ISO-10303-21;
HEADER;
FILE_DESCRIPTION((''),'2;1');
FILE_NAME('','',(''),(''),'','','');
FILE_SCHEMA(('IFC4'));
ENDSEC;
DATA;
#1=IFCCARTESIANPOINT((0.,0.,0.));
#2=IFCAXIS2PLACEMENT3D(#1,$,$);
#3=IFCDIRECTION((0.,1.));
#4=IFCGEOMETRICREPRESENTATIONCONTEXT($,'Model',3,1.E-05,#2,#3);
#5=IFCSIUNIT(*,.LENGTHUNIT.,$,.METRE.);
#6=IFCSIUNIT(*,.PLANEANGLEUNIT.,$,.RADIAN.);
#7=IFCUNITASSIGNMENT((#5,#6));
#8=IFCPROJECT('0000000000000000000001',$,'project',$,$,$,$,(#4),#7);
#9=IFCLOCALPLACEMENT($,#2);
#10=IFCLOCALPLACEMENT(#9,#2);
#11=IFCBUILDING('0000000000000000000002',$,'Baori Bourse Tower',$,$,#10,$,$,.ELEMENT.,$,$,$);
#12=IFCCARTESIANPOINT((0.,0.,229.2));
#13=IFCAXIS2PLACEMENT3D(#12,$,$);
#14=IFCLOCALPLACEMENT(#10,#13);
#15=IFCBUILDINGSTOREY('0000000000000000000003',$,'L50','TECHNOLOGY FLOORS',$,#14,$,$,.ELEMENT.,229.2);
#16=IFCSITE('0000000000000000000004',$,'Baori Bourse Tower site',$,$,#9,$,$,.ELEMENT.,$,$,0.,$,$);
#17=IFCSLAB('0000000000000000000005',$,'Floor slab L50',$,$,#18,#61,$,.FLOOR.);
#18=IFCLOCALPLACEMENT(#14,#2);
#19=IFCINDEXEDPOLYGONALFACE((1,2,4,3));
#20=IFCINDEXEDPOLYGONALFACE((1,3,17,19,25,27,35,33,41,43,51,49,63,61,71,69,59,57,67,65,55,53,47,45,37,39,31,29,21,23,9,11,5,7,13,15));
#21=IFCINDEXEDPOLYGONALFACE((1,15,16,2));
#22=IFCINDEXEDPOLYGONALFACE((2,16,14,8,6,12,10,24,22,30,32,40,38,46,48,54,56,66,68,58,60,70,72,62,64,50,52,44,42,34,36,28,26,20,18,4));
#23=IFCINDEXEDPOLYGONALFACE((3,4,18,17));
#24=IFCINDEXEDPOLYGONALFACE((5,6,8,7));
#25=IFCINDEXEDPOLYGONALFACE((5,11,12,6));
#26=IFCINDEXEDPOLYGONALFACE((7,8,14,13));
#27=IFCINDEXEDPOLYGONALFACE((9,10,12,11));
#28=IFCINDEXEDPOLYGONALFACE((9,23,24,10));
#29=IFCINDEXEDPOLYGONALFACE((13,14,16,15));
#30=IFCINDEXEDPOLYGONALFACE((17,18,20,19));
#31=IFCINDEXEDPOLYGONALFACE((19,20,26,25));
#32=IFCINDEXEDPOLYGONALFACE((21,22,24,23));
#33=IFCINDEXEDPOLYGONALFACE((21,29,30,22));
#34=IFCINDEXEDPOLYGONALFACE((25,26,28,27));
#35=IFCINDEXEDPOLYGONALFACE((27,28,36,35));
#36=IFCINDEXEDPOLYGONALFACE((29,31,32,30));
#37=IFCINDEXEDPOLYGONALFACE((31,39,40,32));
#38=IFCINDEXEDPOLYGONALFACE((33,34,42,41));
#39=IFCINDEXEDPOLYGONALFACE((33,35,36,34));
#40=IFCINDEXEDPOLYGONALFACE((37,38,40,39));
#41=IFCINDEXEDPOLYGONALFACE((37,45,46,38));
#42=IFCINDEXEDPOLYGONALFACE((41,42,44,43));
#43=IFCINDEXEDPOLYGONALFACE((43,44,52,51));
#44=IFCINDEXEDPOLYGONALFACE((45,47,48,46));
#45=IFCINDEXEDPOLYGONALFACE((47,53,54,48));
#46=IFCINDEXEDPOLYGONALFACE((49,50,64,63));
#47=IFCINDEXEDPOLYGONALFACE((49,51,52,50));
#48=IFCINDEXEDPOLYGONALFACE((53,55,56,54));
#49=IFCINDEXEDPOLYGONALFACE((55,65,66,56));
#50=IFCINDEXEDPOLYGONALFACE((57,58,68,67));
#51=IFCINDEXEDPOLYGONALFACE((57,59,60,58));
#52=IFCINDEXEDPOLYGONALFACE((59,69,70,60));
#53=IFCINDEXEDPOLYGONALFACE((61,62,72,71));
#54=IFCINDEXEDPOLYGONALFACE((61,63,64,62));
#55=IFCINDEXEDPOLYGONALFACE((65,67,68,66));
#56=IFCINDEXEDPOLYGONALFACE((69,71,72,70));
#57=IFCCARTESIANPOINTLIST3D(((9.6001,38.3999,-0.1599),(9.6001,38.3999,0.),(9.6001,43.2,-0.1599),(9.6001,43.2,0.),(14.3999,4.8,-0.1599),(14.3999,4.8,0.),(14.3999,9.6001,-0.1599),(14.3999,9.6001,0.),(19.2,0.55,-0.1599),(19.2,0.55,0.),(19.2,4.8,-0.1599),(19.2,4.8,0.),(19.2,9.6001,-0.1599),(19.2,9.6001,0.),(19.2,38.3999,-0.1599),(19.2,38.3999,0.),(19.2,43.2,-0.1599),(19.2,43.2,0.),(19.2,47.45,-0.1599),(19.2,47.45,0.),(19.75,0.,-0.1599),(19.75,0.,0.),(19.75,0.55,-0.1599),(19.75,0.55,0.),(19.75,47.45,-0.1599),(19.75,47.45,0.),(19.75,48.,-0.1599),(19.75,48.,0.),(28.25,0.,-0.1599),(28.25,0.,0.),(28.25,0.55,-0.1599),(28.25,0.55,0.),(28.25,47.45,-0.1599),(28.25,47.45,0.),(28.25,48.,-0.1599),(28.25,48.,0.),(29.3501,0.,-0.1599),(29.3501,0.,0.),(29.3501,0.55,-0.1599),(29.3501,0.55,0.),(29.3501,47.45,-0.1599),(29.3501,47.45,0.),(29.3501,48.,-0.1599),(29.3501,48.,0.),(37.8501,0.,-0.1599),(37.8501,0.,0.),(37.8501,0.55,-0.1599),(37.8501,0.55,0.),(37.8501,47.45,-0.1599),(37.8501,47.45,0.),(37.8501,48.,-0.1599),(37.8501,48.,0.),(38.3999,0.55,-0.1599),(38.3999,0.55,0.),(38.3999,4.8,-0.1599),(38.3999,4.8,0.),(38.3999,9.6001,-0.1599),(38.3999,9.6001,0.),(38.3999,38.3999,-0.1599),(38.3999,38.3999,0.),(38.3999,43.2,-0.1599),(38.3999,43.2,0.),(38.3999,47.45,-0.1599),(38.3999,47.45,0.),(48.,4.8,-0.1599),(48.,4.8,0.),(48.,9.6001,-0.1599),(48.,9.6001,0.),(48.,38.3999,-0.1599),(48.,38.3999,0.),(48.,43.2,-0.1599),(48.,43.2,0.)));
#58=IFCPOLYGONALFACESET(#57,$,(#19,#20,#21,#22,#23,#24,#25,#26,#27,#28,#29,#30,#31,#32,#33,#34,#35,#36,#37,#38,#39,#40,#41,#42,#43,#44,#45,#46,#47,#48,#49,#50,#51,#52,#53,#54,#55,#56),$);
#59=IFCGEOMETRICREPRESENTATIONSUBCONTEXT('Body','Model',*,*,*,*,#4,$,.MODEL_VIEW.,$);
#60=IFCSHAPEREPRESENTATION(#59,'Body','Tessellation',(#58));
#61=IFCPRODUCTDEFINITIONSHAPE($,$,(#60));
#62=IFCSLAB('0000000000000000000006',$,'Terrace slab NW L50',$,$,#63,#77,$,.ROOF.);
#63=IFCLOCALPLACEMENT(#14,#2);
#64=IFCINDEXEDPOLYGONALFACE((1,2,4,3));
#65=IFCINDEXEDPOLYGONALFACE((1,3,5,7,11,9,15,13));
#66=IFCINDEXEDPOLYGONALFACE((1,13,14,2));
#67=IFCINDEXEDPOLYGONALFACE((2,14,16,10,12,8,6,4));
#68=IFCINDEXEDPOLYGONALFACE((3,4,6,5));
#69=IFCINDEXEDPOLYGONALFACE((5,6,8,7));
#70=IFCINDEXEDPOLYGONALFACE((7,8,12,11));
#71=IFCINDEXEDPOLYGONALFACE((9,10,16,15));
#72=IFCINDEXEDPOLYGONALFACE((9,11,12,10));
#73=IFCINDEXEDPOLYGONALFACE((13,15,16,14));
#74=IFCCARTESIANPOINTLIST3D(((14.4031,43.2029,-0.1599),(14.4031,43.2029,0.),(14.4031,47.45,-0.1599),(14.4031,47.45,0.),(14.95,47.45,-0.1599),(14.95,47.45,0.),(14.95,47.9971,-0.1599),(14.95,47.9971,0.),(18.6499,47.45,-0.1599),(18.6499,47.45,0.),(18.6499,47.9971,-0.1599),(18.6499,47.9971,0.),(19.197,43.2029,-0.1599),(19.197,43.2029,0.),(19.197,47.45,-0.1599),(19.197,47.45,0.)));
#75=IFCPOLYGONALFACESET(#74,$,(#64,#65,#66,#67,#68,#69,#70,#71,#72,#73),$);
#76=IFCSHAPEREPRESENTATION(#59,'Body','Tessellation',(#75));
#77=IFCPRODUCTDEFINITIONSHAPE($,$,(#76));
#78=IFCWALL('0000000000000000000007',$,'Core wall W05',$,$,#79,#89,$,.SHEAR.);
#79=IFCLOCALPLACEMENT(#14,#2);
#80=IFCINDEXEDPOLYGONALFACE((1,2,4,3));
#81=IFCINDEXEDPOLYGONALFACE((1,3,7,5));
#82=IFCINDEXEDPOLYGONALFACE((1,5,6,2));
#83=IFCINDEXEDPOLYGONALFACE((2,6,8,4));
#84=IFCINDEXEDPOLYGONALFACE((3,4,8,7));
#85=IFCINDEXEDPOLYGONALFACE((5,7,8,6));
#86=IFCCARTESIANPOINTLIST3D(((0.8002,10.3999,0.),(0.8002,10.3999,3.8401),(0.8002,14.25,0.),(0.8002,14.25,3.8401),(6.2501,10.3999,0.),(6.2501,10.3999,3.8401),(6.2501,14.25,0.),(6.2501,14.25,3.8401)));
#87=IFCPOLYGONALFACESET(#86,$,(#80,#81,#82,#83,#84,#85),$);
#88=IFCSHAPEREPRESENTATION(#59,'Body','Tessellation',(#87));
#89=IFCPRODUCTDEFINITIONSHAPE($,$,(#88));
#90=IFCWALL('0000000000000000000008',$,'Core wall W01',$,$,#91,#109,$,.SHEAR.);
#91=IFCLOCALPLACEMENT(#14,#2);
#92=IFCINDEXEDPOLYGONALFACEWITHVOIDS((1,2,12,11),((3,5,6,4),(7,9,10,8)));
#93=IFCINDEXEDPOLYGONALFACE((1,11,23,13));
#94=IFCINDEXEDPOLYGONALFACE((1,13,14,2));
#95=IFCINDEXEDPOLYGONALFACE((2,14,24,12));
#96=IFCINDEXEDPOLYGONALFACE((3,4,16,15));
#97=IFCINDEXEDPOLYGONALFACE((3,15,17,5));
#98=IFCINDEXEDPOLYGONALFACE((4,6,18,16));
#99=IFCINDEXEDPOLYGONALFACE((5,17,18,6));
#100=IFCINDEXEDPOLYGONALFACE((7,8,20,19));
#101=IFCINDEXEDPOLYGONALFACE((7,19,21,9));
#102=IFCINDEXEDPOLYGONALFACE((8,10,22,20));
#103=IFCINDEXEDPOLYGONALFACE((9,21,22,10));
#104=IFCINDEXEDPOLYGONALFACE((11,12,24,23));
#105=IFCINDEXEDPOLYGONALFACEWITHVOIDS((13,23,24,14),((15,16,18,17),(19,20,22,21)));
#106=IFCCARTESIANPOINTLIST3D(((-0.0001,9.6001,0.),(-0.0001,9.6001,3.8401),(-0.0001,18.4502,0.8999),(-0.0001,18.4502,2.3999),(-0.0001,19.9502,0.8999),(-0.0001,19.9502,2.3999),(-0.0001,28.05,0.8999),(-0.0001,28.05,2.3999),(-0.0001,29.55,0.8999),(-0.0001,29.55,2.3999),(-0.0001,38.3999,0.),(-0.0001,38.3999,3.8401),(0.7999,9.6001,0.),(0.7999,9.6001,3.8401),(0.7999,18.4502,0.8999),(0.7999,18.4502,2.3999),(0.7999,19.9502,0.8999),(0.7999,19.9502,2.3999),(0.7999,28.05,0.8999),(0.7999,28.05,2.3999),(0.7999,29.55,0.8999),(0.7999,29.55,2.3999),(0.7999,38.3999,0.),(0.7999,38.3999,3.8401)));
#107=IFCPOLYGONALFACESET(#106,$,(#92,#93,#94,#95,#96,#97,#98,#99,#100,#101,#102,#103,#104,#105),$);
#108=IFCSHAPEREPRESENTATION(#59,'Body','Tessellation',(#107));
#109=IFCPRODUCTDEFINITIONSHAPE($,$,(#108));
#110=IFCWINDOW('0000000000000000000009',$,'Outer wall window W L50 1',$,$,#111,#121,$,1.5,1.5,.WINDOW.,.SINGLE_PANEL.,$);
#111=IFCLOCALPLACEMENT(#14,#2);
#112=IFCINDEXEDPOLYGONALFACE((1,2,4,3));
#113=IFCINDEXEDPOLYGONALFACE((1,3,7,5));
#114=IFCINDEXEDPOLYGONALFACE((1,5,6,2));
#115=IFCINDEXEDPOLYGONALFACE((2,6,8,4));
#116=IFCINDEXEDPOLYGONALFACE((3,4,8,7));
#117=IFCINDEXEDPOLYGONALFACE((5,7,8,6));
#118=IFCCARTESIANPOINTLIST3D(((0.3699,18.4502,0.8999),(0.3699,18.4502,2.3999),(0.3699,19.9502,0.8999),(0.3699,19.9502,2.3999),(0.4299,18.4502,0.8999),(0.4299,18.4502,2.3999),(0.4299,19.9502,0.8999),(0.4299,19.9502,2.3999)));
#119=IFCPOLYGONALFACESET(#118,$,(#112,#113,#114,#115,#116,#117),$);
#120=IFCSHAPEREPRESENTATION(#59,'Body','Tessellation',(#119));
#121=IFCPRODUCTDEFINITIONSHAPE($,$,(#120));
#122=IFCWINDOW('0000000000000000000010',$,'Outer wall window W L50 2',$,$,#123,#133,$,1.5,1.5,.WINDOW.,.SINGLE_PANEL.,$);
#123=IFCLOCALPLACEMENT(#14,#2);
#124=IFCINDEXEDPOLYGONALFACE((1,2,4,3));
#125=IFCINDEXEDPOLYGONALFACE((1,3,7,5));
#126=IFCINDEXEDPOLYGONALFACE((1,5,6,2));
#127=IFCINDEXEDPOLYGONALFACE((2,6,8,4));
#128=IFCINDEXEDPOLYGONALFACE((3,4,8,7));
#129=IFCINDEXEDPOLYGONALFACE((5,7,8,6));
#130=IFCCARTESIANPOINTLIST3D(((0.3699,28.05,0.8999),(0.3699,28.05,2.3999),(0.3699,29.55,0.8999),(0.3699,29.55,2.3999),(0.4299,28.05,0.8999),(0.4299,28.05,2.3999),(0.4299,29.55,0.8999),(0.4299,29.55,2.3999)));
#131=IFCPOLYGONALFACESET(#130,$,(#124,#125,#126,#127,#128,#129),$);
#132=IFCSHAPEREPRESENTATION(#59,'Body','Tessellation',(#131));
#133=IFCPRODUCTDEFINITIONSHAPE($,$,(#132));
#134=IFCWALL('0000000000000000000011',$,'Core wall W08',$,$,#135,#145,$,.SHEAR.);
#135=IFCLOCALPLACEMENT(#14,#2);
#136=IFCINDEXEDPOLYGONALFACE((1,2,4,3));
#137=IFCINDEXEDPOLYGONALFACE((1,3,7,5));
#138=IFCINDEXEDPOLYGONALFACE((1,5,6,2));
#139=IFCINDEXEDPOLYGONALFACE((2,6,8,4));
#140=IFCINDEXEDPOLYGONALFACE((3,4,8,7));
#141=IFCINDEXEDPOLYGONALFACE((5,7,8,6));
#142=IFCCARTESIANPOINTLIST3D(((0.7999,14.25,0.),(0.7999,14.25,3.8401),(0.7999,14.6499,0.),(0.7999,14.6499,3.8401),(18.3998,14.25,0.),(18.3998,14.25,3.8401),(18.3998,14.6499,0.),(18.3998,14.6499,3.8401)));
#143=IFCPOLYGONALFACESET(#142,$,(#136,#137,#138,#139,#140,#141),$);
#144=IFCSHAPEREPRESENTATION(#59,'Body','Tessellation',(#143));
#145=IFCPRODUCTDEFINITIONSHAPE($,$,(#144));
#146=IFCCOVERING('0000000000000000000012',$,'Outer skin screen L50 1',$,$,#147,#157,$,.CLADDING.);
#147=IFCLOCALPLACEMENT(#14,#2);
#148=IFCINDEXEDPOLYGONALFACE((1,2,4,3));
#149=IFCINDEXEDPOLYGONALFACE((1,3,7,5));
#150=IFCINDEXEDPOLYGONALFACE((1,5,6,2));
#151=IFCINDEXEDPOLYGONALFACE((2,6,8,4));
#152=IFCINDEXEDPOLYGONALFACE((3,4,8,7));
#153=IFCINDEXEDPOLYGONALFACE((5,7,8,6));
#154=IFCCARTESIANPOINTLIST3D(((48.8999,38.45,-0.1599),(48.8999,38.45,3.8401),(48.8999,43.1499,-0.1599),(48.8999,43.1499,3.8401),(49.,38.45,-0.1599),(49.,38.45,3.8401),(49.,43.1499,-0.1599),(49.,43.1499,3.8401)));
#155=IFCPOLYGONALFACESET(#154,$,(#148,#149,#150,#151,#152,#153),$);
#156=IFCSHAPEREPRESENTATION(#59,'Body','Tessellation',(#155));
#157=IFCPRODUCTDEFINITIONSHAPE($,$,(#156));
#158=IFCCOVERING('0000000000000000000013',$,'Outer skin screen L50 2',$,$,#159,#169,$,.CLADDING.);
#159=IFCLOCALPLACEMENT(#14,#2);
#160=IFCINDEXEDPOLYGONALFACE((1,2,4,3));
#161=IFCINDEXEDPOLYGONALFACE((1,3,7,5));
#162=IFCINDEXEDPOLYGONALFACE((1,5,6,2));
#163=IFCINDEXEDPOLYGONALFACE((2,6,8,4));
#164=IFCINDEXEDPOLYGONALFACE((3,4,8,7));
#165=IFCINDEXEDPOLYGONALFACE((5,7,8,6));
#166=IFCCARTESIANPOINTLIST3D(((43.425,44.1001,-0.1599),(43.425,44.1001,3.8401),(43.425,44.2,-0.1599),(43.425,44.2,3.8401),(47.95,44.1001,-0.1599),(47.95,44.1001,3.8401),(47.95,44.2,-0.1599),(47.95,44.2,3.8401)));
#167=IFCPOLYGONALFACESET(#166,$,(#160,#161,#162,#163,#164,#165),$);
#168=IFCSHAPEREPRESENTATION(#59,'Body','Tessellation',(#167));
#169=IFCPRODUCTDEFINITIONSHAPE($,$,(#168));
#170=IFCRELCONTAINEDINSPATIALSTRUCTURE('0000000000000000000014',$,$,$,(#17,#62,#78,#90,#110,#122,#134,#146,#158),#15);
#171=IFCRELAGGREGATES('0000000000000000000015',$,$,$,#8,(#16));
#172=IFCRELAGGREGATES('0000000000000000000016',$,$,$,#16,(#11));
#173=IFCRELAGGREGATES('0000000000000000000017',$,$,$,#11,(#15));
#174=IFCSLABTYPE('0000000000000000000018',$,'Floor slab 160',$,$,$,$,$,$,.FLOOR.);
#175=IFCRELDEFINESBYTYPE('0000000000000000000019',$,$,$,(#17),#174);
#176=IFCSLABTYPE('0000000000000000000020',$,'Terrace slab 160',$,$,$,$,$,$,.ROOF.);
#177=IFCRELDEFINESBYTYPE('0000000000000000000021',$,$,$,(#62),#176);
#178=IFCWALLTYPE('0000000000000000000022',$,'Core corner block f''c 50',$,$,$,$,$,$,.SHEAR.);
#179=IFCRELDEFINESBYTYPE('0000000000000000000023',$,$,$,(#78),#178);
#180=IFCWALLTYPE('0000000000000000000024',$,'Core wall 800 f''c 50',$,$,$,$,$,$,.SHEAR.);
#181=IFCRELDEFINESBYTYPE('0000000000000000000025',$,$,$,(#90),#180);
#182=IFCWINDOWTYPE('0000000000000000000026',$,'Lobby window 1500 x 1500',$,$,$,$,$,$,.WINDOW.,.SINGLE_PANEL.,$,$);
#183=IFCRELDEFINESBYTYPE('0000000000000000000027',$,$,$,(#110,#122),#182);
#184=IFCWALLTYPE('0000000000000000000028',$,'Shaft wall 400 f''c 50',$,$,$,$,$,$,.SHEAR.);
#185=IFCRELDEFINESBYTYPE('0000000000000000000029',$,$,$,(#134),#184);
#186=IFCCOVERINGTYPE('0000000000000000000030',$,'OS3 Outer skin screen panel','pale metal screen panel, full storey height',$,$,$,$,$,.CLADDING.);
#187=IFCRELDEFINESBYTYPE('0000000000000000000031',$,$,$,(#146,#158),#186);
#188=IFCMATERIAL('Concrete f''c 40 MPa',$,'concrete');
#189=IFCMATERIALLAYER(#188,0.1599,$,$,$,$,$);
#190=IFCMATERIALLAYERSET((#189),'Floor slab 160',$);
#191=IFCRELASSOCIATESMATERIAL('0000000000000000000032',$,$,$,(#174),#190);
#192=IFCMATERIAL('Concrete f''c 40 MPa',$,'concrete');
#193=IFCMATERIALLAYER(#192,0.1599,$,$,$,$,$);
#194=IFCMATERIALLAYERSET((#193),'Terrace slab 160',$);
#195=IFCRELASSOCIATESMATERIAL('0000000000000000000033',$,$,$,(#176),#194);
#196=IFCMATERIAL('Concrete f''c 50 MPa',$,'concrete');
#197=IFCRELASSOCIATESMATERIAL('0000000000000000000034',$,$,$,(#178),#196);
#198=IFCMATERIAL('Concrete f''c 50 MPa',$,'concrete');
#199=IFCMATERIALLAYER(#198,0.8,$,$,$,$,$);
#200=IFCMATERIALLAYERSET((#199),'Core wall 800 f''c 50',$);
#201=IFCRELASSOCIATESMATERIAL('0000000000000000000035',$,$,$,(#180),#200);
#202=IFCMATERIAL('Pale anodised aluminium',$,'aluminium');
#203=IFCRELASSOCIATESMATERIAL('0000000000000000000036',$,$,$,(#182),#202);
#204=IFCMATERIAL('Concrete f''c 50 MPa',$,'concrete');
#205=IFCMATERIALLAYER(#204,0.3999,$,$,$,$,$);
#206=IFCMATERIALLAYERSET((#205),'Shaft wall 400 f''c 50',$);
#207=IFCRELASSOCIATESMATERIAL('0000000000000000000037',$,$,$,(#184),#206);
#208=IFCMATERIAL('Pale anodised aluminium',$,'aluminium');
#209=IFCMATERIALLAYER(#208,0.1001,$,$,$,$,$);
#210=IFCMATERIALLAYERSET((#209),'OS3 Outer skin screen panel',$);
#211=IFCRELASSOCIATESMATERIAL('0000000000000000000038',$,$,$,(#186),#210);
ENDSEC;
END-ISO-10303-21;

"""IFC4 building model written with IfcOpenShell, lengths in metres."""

from ifc_helpers import new_model, si_unit, direction, frame, frame_2d, origin, place, context, subcontext, project, spatial, polyline, rectangle, outline, extrude, material, layer, layer_set, type_object, element, fill, save


model = new_model("IFC4")

# Units and contexts
model_context = context("Model", 3, precision=1e-05, world=origin(), true_north=direction((0.0, 1.0)))
body_context = subcontext(model_context, "Body", "Model", "MODEL_VIEW")
ifc_project = project(units=[si_unit("LENGTHUNIT", "METRE"), si_unit("PLANEANGLEUNIT", "RADIAN")], contexts=[model_context])

# Site, building, storey
site_placement = place(None, origin())
site = spatial("IfcSite", under=ifc_project, at=site_placement, Name="Baori Bourse Tower site", CompositionType="ELEMENT", RefElevation=0.0)
building_placement = place(site_placement, origin())
building = spatial("IfcBuilding", under=site, at=building_placement, Name="Baori Bourse Tower", CompositionType="ELEMENT")
storey_placement = place(building_placement, frame((0.0, 0.0, 229.2)))
storey = spatial("IfcBuildingStorey", under=building, at=storey_placement, Name="L50", Description="TECHNOLOGY FLOORS", CompositionType="ELEMENT", Elevation=229.2)

# Slabs
ifc_material_1 = material(Name="Concrete f'c 40 MPa", Category="concrete")
ifc_layer_1 = layer(ifc_material_1, 0.1599)
ifc_layer_set_1 = layer_set([ifc_layer_1], Name="Floor slab 160")
slab_type_1 = type_object("IfcSlabType", Name="Floor slab 160", PredefinedType="FLOOR", material=ifc_layer_set_1)
slab_1_placement = place(storey_placement, frame((0.0, 0.0, -0.1599)))
element("IfcSlab", 1, at=slab_1_placement, inside=storey, type_object=slab_type_1, Name="Floor slab L50", PredefinedType="FLOOR", context=body_context, shape_type="SweptSolid", body=[
    extrude(outline(polyline([(19.2, 4.8), (14.3999, 4.8), (14.3999, 9.6001), (19.2, 9.6001), (19.2, 38.3999), (9.6001, 38.3999), (9.6001, 43.2), (19.2, 43.2), (19.2, 47.45), (19.75, 47.45), (19.75, 48.0), (28.25, 48.0), (28.25, 47.45), (29.3501, 47.45), (29.3501, 48.0), (37.8501, 48.0), (37.8501, 47.45), (38.3999, 47.45), (38.3999, 43.2), (48.0, 43.2), (48.0, 38.3999), (38.3999, 38.3999), (38.3999, 9.6001), (48.0, 9.6001), (48.0, 4.8), (38.3999, 4.8), (38.3999, 0.55), (37.8501, 0.55), (37.8501, 0.0), (29.3501, 0.0), (29.3501, 0.55), (28.25, 0.55), (28.25, 0.0), (19.75, 0.0), (19.75, 0.55), (19.2, 0.55), (19.2, 4.8)])), origin(), (0.0, 0.0, 1.0), 0.1599),
])
ifc_material_2 = material(Name="Concrete f'c 40 MPa", Category="concrete")
ifc_layer_2 = layer(ifc_material_2, 0.1599)
ifc_layer_set_2 = layer_set([ifc_layer_2], Name="Terrace slab 160")
slab_type_2 = type_object("IfcSlabType", Name="Terrace slab 160", PredefinedType="ROOF", material=ifc_layer_set_2)
slab_2_placement = place(storey_placement, frame((0.0, 0.0, -0.1599)))
element("IfcSlab", 2, at=slab_2_placement, inside=storey, type_object=slab_type_2, Name="Terrace slab NW L50", PredefinedType="ROOF", context=body_context, shape_type="SweptSolid", body=[
    extrude(outline(polyline([(19.197, 43.2029), (14.4031, 43.2029), (14.4031, 47.45), (14.95, 47.45), (14.95, 47.9971), (18.6499, 47.9971), (18.6499, 47.45), (19.197, 47.45), (19.197, 43.2029)])), origin(), (0.0, 0.0, 1.0), 0.1599),
])

# Wall
ifc_material_3 = material(Name="Concrete f'c 50 MPa", Category="concrete")
wall_type_1 = type_object("IfcWallType", Name="Core corner block f'c 50", PredefinedType="SHEAR", material=ifc_material_3)
wall_1_placement = place(storey_placement, frame((0.8, 12.325, 0.0), z_axis=(0.0, 0.0, 1.0), x_axis=(1.0, 0.0, 0.0)))
element("IfcWall", 3, at=wall_1_placement, inside=storey, type_object=wall_type_1, Name="Core wall W05", PredefinedType="SHEAR", context=body_context, shape_type="SweptSolid", body=[
    extrude(rectangle(XDim=5.45, YDim=3.8501, at=frame_2d((2.7251, 0.0))), origin(), (0.0, 0.0, 1.0), 3.8401),
])

# Wall, openings, windows
ifc_material_4 = material(Name="Concrete f'c 50 MPa", Category="concrete")
ifc_layer_3 = layer(ifc_material_4, 0.8)
ifc_layer_set_3 = layer_set([ifc_layer_3], Name="Core wall 800 f'c 50")
wall_type_2 = type_object("IfcWallType", Name="Core wall 800 f'c 50", PredefinedType="SHEAR", material=ifc_layer_set_3)
wall_2_placement = place(storey_placement, frame((0.3999, 9.6001, 0.0), z_axis=(0.0, 0.0, 1.0), x_axis=(0.0, 1.0, 0.0)))
wall_2 = element("IfcWall", 4, at=wall_2_placement, inside=storey, type_object=wall_type_2, Name="Core wall W01", PredefinedType="SHEAR", context=body_context, shape_type="SweptSolid", body=[
    extrude(rectangle(XDim=28.7998, YDim=0.8, at=frame_2d((14.3999, 0.0))), origin(), (0.0, 0.0, 1.0), 3.8401),
])
opening_1_placement = place(wall_2_placement, frame((8.8501, 0.0, 0.8999)))
opening_1 = element("IfcOpeningElement", 5, at=opening_1_placement, cuts=wall_2, PredefinedType="OPENING", context=body_context, shape_type="SweptSolid", body=[
    extrude(rectangle(XDim=1.5, YDim=1.5, at=frame_2d((0.75, 0.75))), frame((0.0, 0.4099, 0.0), z_axis=(0.0, -1.0, 0.0), x_axis=(1.0, 0.0, 0.0)), (0.0, 0.0, 1.0), 0.8201),
])
opening_2_placement = place(wall_2_placement, frame((18.45, 0.0, 0.8999)))
opening_2 = element("IfcOpeningElement", 6, at=opening_2_placement, cuts=wall_2, PredefinedType="OPENING", context=body_context, shape_type="SweptSolid", body=[
    extrude(rectangle(XDim=1.5, YDim=1.5, at=frame_2d((0.75, 0.75))), frame((0.0, 0.4099, 0.0), z_axis=(0.0, -1.0, 0.0), x_axis=(1.0, 0.0, 0.0)), (0.0, 0.0, 1.0), 0.8201),
])
ifc_material_5 = material(Name="Pale anodised aluminium", Category="aluminium")
window_type = type_object("IfcWindowType", Name="Lobby window 1500 x 1500", PartitioningType="SINGLE_PANEL", PredefinedType="WINDOW", material=ifc_material_5)
window_1_placement = place(opening_1_placement, origin())
window_1 = element("IfcWindow", 7, at=window_1_placement, inside=storey, type_object=window_type, Name="Outer wall window W L50 1", OverallHeight=1.5, OverallWidth=1.5, PartitioningType="SINGLE_PANEL", PredefinedType="WINDOW", context=body_context, shape_type="SweptSolid", body=[
    extrude(rectangle(XDim=1.5, YDim=1.5, at=frame_2d((0.75, 0.75))), frame((0.0, 0.03, 0.0), z_axis=(0.0, -1.0, 0.0), x_axis=(1.0, 0.0, 0.0)), (0.0, 0.0, 1.0), 0.0601),
])
fill(opening_1, window_1)
window_2_placement = place(opening_2_placement, origin())
window_2 = element("IfcWindow", 8, at=window_2_placement, inside=storey, type_object=window_type, Name="Outer wall window W L50 2", OverallHeight=1.5, OverallWidth=1.5, PartitioningType="SINGLE_PANEL", PredefinedType="WINDOW", context=body_context, shape_type="SweptSolid", body=[
    extrude(rectangle(XDim=1.5, YDim=1.5, at=frame_2d((0.75, 0.75))), frame((0.0, 0.03, 0.0), z_axis=(0.0, -1.0, 0.0), x_axis=(1.0, 0.0, 0.0)), (0.0, 0.0, 1.0), 0.0601),
])
fill(opening_2, window_2)

# Wall
ifc_material_6 = material(Name="Concrete f'c 50 MPa", Category="concrete")
ifc_layer_4 = layer(ifc_material_6, 0.3999)
ifc_layer_set_4 = layer_set([ifc_layer_4], Name="Shaft wall 400 f'c 50")
wall_type_3 = type_object("IfcWallType", Name="Shaft wall 400 f'c 50", PredefinedType="SHEAR", material=ifc_layer_set_4)
wall_3_placement = place(storey_placement, frame((0.8, 14.45, 0.0), z_axis=(0.0, 0.0, 1.0), x_axis=(1.0, 0.0, 0.0)))
element("IfcWall", 9, at=wall_3_placement, inside=storey, type_object=wall_type_3, Name="Core wall W08", PredefinedType="SHEAR", context=body_context, shape_type="SweptSolid", body=[
    extrude(rectangle(XDim=17.5999, YDim=0.3999, at=frame_2d((8.7998, 0.0))), origin(), (0.0, 0.0, 1.0), 3.8401),
])

# Coverings
ifc_material_7 = material(Name="Pale anodised aluminium", Category="aluminium")
ifc_layer_5 = layer(ifc_material_7, 0.1001)
ifc_layer_set_5 = layer_set([ifc_layer_5], Name="OS3 Outer skin screen panel")
covering_type_1 = type_object("IfcCoveringType", Name="OS3 Outer skin screen panel", Description="pale metal screen panel, full storey height", PredefinedType="CLADDING", material=ifc_layer_set_5)
covering_1_placement = place(storey_placement, frame((0.0, 0.0, -0.1599)))
element("IfcCovering", 10, at=covering_1_placement, inside=storey, type_object=covering_type_1, Name="Outer skin screen L50 1", PredefinedType="CLADDING", context=body_context, shape_type="SweptSolid", body=[
    extrude(outline(polyline([(48.8999, 43.1499), (48.8999, 38.45), (49.0, 38.45), (49.0, 43.1499), (48.8999, 43.1499)])), origin(), (0.0, 0.0, 1.0), 4.0),
])
covering_2_placement = place(storey_placement, frame((0.0, 0.0, -0.1599)))
element("IfcCovering", 11, at=covering_2_placement, inside=storey, type_object=covering_type_1, Name="Outer skin screen L50 2", PredefinedType="CLADDING", context=body_context, shape_type="SweptSolid", body=[
    extrude(outline(polyline([(43.425, 44.1001), (47.95, 44.1001), (47.95, 44.2), (43.425, 44.2), (43.425, 44.1001)])), origin(), (0.0, 0.0, 1.0), 4.0),
])

save(model, "model.ifc")
